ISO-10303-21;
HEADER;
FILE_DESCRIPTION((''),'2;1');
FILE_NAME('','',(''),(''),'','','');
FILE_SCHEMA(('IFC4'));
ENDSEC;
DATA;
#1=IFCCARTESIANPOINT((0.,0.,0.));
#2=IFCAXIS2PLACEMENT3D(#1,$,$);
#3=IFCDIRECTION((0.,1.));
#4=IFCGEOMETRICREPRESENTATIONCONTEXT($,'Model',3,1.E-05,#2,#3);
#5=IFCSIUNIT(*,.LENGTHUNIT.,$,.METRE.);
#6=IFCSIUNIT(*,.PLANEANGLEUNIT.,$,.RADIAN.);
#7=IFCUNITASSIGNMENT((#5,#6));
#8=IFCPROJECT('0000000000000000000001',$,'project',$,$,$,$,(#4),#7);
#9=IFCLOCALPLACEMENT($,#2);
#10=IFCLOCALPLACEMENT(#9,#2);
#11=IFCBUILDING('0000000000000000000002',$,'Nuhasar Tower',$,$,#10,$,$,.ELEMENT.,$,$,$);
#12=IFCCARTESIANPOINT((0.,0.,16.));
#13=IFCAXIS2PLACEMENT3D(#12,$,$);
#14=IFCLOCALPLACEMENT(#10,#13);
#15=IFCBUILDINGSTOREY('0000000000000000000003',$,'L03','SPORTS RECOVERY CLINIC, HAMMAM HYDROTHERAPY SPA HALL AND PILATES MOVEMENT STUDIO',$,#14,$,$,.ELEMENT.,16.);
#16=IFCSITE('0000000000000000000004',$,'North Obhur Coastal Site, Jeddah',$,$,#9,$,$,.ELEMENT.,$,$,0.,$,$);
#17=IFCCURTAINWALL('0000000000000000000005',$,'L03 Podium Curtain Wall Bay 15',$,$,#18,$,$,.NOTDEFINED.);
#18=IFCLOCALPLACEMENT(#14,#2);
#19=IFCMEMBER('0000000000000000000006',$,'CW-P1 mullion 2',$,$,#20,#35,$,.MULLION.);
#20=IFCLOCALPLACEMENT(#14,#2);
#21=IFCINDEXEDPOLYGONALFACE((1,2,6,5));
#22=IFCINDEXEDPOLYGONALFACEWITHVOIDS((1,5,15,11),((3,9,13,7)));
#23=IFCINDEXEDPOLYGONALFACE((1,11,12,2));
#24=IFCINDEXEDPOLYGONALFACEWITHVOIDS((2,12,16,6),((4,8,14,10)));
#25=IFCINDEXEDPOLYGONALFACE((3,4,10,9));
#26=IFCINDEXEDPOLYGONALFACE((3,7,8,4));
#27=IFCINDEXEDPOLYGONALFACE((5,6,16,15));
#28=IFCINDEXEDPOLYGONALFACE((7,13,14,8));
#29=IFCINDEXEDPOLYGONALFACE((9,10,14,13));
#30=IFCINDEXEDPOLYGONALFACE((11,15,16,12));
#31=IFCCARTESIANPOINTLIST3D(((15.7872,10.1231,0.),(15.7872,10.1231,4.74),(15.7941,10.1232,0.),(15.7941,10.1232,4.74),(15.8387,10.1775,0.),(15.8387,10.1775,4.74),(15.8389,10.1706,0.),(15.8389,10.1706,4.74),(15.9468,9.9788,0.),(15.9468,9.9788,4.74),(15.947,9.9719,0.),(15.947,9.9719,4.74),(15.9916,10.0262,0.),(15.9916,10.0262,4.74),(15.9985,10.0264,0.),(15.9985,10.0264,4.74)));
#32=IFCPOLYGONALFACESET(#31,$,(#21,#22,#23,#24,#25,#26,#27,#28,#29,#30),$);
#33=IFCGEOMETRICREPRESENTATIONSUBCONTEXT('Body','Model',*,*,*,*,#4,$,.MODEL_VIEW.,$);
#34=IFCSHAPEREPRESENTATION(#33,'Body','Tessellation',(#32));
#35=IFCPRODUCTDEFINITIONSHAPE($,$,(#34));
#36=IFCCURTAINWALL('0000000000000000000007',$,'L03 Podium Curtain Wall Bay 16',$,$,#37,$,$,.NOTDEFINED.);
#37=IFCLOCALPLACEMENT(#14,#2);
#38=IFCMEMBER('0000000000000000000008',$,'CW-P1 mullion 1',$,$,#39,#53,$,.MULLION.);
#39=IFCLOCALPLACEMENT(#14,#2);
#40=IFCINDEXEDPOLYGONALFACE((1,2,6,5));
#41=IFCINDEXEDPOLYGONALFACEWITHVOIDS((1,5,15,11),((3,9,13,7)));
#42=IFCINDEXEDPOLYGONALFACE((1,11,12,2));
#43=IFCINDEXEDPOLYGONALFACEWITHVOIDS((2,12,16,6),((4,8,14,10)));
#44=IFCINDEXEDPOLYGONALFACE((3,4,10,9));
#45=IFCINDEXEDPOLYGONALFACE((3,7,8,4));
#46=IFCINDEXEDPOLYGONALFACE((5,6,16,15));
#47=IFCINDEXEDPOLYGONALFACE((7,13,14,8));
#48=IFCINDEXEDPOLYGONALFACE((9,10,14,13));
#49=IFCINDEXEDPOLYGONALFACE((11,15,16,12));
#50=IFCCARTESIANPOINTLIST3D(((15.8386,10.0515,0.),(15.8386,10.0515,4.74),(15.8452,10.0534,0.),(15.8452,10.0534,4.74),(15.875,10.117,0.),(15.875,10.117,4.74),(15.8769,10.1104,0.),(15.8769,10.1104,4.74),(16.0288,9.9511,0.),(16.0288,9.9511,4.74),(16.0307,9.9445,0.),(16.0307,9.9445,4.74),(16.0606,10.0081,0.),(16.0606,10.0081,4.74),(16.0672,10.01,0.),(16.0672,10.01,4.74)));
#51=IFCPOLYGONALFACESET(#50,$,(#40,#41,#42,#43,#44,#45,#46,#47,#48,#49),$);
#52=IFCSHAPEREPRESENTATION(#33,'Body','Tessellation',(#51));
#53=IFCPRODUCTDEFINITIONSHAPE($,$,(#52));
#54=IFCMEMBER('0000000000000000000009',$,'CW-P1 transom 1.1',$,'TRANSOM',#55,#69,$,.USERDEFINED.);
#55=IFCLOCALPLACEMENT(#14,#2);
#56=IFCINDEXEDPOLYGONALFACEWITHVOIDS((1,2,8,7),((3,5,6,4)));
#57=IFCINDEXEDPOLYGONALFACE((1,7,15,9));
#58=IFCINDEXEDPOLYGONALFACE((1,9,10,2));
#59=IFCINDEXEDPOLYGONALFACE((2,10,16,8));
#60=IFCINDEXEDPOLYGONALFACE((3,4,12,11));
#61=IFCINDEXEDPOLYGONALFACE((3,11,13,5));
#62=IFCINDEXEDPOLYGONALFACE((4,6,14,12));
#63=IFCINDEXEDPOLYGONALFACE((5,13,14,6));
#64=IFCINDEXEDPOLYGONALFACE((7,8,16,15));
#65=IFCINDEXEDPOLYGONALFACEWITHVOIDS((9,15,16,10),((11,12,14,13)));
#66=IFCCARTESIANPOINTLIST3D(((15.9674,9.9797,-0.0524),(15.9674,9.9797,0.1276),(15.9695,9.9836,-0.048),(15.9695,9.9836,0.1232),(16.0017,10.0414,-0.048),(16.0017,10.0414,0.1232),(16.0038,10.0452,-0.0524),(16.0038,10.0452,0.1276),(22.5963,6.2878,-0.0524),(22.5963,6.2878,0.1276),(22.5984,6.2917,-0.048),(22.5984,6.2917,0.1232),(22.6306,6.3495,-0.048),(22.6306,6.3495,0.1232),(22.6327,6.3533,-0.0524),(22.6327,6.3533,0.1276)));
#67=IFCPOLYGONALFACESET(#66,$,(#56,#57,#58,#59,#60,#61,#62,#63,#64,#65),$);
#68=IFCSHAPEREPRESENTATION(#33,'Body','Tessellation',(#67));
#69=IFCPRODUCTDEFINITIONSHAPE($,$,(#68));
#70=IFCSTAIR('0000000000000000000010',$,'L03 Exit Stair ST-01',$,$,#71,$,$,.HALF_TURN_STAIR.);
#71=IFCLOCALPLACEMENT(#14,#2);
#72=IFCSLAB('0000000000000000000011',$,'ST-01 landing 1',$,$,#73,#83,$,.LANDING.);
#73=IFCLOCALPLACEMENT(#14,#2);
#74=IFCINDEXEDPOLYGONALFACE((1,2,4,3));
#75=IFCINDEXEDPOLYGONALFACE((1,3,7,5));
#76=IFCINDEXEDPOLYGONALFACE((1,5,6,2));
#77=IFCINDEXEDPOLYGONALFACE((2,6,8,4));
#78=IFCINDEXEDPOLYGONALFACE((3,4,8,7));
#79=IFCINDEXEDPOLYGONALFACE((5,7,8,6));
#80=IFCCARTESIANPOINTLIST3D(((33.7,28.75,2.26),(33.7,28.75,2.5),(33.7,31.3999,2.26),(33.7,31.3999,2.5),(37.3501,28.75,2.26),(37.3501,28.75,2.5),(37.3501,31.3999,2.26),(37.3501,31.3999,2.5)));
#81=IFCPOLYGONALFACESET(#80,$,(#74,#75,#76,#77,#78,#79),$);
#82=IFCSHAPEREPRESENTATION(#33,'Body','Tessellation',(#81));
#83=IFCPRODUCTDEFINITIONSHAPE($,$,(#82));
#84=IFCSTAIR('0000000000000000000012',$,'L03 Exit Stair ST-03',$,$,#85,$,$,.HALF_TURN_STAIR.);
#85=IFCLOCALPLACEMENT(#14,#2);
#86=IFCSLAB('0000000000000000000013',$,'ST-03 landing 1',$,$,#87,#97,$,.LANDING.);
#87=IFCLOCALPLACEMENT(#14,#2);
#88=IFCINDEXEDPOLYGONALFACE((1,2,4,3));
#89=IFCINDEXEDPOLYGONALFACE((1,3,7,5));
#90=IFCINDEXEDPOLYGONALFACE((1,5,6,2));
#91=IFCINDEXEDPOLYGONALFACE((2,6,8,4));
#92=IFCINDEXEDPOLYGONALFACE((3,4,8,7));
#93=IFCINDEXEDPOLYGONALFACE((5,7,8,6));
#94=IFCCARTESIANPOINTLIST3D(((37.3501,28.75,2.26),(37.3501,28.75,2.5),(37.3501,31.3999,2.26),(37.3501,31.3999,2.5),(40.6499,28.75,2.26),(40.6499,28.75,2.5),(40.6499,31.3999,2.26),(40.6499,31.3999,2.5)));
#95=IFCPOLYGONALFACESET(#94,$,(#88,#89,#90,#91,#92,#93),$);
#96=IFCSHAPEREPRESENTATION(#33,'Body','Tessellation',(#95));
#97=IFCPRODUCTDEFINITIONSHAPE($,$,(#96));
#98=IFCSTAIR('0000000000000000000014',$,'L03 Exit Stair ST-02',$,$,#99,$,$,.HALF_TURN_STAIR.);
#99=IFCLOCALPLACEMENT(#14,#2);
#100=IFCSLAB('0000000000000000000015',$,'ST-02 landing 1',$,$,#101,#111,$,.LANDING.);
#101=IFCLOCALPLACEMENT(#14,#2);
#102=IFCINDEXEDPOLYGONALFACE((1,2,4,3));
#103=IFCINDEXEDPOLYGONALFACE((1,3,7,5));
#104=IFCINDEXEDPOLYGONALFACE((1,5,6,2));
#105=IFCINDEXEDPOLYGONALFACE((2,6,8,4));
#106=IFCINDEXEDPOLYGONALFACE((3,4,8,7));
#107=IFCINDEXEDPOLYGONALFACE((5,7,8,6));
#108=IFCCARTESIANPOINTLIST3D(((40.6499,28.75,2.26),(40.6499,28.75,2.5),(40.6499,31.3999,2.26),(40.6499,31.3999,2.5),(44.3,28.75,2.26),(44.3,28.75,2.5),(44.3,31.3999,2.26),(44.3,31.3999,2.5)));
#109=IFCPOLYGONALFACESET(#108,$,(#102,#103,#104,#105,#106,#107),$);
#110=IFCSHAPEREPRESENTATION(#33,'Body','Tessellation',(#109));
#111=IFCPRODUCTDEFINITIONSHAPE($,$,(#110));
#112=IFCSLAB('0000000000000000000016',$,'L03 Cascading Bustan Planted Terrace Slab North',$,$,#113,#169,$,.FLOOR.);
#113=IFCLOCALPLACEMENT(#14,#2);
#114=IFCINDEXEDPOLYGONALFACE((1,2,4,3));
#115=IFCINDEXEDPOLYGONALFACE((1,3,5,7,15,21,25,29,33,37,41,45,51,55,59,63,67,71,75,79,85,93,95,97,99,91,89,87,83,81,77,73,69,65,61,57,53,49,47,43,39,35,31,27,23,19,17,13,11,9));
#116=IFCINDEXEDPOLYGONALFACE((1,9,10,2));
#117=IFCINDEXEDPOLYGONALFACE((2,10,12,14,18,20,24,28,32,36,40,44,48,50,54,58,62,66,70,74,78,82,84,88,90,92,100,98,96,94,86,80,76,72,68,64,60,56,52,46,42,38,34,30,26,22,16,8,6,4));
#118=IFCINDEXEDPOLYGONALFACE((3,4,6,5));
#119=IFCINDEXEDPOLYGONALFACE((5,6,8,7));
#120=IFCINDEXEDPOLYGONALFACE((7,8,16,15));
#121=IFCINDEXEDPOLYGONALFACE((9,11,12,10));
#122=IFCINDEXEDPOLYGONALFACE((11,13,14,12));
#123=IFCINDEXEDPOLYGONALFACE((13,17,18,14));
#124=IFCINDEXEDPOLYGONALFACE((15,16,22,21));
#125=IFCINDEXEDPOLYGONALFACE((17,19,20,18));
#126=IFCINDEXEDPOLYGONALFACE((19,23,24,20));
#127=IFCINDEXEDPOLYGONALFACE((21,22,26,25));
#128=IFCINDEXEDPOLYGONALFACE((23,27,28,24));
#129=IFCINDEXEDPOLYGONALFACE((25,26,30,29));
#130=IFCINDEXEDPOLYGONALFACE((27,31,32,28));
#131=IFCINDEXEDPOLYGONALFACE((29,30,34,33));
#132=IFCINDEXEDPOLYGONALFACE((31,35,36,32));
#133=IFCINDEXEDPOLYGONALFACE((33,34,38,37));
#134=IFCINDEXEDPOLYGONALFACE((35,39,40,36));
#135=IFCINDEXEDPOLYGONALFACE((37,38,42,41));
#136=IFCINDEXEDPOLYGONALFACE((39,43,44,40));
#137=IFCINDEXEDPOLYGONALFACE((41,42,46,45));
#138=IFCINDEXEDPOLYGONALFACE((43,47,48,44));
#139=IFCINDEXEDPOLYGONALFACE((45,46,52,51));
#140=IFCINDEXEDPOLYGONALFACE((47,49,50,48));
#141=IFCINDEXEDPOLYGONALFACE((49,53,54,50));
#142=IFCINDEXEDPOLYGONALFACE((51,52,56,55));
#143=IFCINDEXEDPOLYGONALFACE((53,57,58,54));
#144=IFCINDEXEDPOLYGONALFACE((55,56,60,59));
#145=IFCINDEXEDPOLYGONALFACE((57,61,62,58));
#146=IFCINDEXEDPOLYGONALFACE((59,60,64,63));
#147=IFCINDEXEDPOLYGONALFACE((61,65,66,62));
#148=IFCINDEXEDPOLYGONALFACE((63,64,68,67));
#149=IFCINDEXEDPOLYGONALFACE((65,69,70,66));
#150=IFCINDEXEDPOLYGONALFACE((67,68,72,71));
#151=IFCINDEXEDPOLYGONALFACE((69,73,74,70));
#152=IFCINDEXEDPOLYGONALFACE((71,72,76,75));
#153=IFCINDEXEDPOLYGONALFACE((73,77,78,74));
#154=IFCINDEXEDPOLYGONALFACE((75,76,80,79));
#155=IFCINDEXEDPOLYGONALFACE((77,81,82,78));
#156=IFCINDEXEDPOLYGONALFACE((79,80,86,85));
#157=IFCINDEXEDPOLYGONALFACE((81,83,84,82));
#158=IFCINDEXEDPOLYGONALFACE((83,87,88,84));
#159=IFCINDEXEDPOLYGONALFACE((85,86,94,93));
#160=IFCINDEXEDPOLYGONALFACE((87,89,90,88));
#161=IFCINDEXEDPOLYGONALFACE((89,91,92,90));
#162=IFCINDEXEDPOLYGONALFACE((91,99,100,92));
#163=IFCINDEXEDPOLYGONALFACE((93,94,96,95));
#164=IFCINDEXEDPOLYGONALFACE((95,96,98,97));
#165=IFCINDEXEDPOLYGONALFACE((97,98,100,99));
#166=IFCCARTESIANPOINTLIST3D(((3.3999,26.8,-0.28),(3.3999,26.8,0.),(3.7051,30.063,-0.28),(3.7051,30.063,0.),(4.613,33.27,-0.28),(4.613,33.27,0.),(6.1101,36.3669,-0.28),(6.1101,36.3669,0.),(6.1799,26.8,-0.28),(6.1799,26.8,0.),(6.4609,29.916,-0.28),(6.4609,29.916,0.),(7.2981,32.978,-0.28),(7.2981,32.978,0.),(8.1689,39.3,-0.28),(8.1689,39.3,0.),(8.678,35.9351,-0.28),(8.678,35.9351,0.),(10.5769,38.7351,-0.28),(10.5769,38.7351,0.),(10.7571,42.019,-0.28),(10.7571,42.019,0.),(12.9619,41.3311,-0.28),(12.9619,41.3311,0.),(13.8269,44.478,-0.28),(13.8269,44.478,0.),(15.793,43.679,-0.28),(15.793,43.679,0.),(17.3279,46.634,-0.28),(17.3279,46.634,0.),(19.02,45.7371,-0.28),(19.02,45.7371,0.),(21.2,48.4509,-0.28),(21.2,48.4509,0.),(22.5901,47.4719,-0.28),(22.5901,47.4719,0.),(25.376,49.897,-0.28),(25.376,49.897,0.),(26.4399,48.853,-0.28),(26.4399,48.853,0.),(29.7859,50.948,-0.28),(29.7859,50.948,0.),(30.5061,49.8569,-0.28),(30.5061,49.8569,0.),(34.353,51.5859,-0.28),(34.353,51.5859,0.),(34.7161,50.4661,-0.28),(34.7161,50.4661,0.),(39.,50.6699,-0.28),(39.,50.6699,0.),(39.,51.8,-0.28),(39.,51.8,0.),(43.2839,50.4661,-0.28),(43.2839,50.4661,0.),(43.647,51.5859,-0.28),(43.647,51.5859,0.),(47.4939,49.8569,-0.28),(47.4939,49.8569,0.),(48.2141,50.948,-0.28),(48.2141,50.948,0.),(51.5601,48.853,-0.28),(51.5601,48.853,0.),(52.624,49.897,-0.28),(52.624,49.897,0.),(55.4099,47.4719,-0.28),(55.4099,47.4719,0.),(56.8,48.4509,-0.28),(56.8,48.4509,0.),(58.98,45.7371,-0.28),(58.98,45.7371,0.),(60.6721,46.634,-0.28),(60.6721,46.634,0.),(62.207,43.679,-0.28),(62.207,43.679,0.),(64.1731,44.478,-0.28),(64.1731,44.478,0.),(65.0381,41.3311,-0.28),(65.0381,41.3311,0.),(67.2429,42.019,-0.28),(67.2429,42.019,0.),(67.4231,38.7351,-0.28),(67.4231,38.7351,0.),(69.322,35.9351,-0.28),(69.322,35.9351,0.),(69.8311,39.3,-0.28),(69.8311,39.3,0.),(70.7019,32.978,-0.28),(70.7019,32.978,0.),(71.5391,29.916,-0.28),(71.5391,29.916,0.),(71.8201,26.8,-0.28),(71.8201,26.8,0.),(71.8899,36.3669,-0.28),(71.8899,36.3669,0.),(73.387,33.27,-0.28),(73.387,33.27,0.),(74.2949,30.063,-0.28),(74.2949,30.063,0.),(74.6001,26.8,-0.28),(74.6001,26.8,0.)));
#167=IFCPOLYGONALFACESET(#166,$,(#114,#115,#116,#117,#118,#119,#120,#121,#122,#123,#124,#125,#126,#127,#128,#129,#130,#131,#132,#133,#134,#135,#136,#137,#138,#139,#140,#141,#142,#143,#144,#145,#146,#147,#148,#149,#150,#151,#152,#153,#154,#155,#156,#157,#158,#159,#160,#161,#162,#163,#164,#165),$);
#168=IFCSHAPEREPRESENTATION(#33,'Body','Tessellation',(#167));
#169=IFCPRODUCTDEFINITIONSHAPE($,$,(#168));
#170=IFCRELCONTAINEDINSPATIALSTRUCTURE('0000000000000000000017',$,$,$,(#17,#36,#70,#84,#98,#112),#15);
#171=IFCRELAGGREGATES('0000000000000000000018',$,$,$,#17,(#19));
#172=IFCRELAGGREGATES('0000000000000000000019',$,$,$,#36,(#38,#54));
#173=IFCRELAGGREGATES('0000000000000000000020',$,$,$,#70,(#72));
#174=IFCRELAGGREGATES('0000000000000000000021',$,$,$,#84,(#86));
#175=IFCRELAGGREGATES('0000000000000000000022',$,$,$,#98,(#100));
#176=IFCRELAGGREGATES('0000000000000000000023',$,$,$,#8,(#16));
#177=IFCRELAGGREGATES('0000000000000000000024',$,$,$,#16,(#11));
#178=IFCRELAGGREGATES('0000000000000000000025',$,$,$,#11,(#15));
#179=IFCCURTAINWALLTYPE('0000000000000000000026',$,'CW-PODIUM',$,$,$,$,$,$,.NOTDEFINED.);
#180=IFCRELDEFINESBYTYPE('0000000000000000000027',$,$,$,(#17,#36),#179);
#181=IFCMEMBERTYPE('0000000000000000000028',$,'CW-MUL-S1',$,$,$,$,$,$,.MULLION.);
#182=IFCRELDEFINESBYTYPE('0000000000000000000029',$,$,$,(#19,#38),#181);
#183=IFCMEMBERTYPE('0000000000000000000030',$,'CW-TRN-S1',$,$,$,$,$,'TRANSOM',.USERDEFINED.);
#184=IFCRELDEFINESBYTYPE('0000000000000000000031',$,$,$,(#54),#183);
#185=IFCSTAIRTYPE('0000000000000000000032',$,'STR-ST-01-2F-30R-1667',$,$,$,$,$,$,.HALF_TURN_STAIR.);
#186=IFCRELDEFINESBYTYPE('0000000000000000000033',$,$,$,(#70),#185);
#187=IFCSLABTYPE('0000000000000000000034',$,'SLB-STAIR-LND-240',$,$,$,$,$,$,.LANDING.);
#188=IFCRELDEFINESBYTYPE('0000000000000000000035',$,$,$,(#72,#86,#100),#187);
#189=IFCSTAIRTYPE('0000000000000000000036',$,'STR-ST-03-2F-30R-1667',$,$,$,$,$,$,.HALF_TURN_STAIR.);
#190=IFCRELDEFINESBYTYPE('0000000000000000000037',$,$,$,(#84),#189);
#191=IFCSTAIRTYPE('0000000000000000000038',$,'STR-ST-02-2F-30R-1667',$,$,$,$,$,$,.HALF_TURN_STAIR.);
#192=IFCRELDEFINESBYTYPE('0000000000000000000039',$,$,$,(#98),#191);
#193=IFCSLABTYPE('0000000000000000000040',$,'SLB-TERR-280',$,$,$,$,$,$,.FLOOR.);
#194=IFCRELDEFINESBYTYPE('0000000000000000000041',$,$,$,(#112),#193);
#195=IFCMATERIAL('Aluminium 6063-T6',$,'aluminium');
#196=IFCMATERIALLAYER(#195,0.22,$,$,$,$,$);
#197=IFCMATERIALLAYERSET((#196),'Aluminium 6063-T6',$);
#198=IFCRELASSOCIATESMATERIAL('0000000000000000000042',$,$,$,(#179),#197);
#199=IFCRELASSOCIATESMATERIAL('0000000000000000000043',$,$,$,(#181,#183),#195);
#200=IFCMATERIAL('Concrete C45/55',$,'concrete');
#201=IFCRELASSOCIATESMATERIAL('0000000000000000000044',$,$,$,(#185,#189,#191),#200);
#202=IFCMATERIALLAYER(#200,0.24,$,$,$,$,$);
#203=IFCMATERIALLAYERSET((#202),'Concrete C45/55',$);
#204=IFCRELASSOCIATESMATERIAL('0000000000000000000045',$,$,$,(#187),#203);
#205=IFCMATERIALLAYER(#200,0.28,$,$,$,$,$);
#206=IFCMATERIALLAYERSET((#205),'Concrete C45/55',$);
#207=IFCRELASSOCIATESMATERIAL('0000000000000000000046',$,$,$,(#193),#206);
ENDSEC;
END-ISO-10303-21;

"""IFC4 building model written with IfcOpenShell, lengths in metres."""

from ifc_helpers import new_model, si_unit, direction, frame, origin, origin_2d, place, context, subcontext, project, spatial, polyline, hollow_rectangle, outline, extrude, material, layer, layer_set, material_profile, profile_set, type_object, element, aggregate, save


model = new_model("IFC4")

# Units and contexts
model_context = context("Model", 3, precision=1e-05, world=origin(), true_north=direction((0.0, 1.0)))
body_context = subcontext(model_context, "Body", "Model", "MODEL_VIEW")
ifc_project = project(units=[si_unit("LENGTHUNIT", "METRE"), si_unit("PLANEANGLEUNIT", "RADIAN")], contexts=[model_context])

# Site, building, storey
site_placement = place(None, origin())
site = spatial("IfcSite", under=ifc_project, at=site_placement, Name="North Obhur Coastal Site, Jeddah", CompositionType="ELEMENT", RefElevation=0.0)
building_placement = place(site_placement, origin())
building = spatial("IfcBuilding", under=site, at=building_placement, Name="Nuhasar Tower", CompositionType="ELEMENT")
storey_placement = place(building_placement, frame((0.0, 0.0, 16.0)))
storey = spatial("IfcBuildingStorey", under=building, at=storey_placement, Name="L03", Description="SPORTS RECOVERY CLINIC, HAMMAM HYDROTHERAPY SPA HALL AND PILATES MOVEMENT STUDIO", CompositionType="ELEMENT", Elevation=16.0)

# Curtain wall, member
ifc_material_1 = material(Name="Aluminium 6063-T6", Category="aluminium")
ifc_layer_1 = layer(ifc_material_1, 0.22)
ifc_layer_set_1 = layer_set([ifc_layer_1], Name="Aluminium 6063-T6")
curtain_wall_type = type_object("IfcCurtainWallType", Name="CW-PODIUM", PredefinedType="NOTDEFINED", material=ifc_layer_set_1)
curtain_wall_1_placement = place(storey_placement, origin())
curtain_wall_1 = element("IfcCurtainWall", 1, at=curtain_wall_1_placement, inside=storey, type_object=curtain_wall_type, Name="L03 Podium Curtain Wall Bay 15", PredefinedType="NOTDEFINED")
ifc_material_profile_1 = material_profile(ifc_material_1, hollow_rectangle(XDim=0.075, YDim=0.22, WallThickness=0.0049, at=origin_2d()), Name="CWM-1")
ifc_profile_set_1 = profile_set([ifc_material_profile_1], Name="Aluminium 6063-T6")
member_type_1 = type_object("IfcMemberType", Name="CW-MUL-S1", PredefinedType="MULLION", material=ifc_profile_set_1)
member_1_placement = place(storey_placement, frame((15.8928, 10.0747, 0.0), z_axis=(0.0, 0.0, 1.0), x_axis=(0.687154, 0.726512, 0.0)))
member_1 = element("IfcMember", 2, at=member_1_placement, type_object=member_type_1, Name="CW-P1 mullion 2", PredefinedType="MULLION", context=body_context, shape_type="SweptSolid", body=[
    extrude(hollow_rectangle(XDim=0.075, YDim=0.22, WallThickness=0.0049, at=origin_2d()), origin(), (0.0, 0.0, 1.0), 4.74),
])
aggregate(curtain_wall_1, [member_1])

# Curtain wall, members
curtain_wall_2_placement = place(storey_placement, origin())
curtain_wall_2 = element("IfcCurtainWall", 3, at=curtain_wall_2_placement, inside=storey, type_object=curtain_wall_type, Name="L03 Podium Curtain Wall Bay 16", PredefinedType="NOTDEFINED")
member_2_placement = place(storey_placement, frame((15.9529, 10.0308, 0.0), z_axis=(0.0, 0.0, 1.0), x_axis=(0.486575, 0.873639, 0.0)))
member_2 = element("IfcMember", 4, at=member_2_placement, type_object=member_type_1, Name="CW-P1 mullion 1", PredefinedType="MULLION", context=body_context, shape_type="SweptSolid", body=[
    extrude(hollow_rectangle(XDim=0.075, YDim=0.22, WallThickness=0.0049, at=origin_2d()), origin(), (0.0, 0.0, 1.0), 4.74),
])
ifc_material_profile_2 = material_profile(ifc_material_1, hollow_rectangle(XDim=0.075, YDim=0.1799, WallThickness=0.0044, at=origin_2d()), Name="CWT-1")
ifc_profile_set_2 = profile_set([ifc_material_profile_2], Name="Aluminium 6063-T6")
member_type_2 = type_object("IfcMemberType", Name="CW-TRN-S1", ElementType="TRANSOM", PredefinedType="USERDEFINED", material=ifc_profile_set_2)
member_3_placement = place(storey_placement, frame((15.9856, 10.0125, 0.0376), z_axis=(0.873644, -0.486566, 0.0), x_axis=(0.486566, 0.873644, 0.0)))
member_3 = element("IfcMember", 5, at=member_3_placement, type_object=member_type_2, Name="CW-P1 transom 1.1", ObjectType="TRANSOM", PredefinedType="USERDEFINED", context=body_context, shape_type="SweptSolid", body=[
    extrude(hollow_rectangle(XDim=0.075, YDim=0.1799, WallThickness=0.0044, at=origin_2d()), origin(), (0.0, 0.0, 1.0), 7.5876),
])
aggregate(curtain_wall_2, [member_2, member_3])

# Stairs, slabs
ifc_material_2 = material(Name="Concrete C45/55", Category="concrete")
stair_type_1 = type_object("IfcStairType", Name="STR-ST-01-2F-30R-1667", PredefinedType="HALF_TURN_STAIR", material=ifc_material_2)
stair_1_placement = place(storey_placement, origin())
stair_1 = element("IfcStair", 6, at=stair_1_placement, inside=storey, type_object=stair_type_1, Name="L03 Exit Stair ST-01", PredefinedType="HALF_TURN_STAIR")
ifc_layer_2 = layer(ifc_material_2, 0.24)
ifc_layer_set_2 = layer_set([ifc_layer_2], Name="Concrete C45/55")
slab_type_1 = type_object("IfcSlabType", Name="SLB-STAIR-LND-240", PredefinedType="LANDING", material=ifc_layer_set_2)
slab_1_placement = place(storey_placement, frame((0.0, 0.0, 2.26)))
slab_1 = element("IfcSlab", 7, at=slab_1_placement, type_object=slab_type_1, Name="ST-01 landing 1", PredefinedType="LANDING", context=body_context, shape_type="SweptSolid", body=[
    extrude(outline(polyline([(33.7, 28.75), (37.3501, 28.75), (37.3501, 31.3999), (33.7, 31.3999), (33.7, 28.75)])), origin(), (0.0, 0.0, 1.0), 0.24),
])
aggregate(stair_1, [slab_1])
stair_type_2 = type_object("IfcStairType", Name="STR-ST-03-2F-30R-1667", PredefinedType="HALF_TURN_STAIR", material=ifc_material_2)
stair_2_placement = place(storey_placement, origin())
stair_2 = element("IfcStair", 8, at=stair_2_placement, inside=storey, type_object=stair_type_2, Name="L03 Exit Stair ST-03", PredefinedType="HALF_TURN_STAIR")
slab_2_placement = place(storey_placement, frame((0.0, 0.0, 2.26)))
slab_2 = element("IfcSlab", 9, at=slab_2_placement, type_object=slab_type_1, Name="ST-03 landing 1", PredefinedType="LANDING", context=body_context, shape_type="SweptSolid", body=[
    extrude(outline(polyline([(37.3501, 28.75), (40.6499, 28.75), (40.6499, 31.3999), (37.3501, 31.3999), (37.3501, 28.75)])), origin(), (0.0, 0.0, 1.0), 0.24),
])
aggregate(stair_2, [slab_2])
stair_type_3 = type_object("IfcStairType", Name="STR-ST-02-2F-30R-1667", PredefinedType="HALF_TURN_STAIR", material=ifc_material_2)
stair_3_placement = place(storey_placement, origin())
stair_3 = element("IfcStair", 10, at=stair_3_placement, inside=storey, type_object=stair_type_3, Name="L03 Exit Stair ST-02", PredefinedType="HALF_TURN_STAIR")
slab_3_placement = place(storey_placement, frame((0.0, 0.0, 2.26)))
slab_3 = element("IfcSlab", 11, at=slab_3_placement, type_object=slab_type_1, Name="ST-02 landing 1", PredefinedType="LANDING", context=body_context, shape_type="SweptSolid", body=[
    extrude(outline(polyline([(40.6499, 28.75), (44.3, 28.75), (44.3, 31.3999), (40.6499, 31.3999), (40.6499, 28.75)])), origin(), (0.0, 0.0, 1.0), 0.24),
])
aggregate(stair_3, [slab_3])

# Slab
ifc_layer_3 = layer(ifc_material_2, 0.28)
ifc_layer_set_3 = layer_set([ifc_layer_3], Name="Concrete C45/55")
slab_type_2 = type_object("IfcSlabType", Name="SLB-TERR-280", PredefinedType="FLOOR", material=ifc_layer_set_3)
slab_4_placement = place(storey_placement, frame((0.0, 0.0, -0.28)))
element("IfcSlab", 12, at=slab_4_placement, inside=storey, type_object=slab_type_2, Name="L03 Cascading Bustan Planted Terrace Slab North", PredefinedType="FLOOR", context=body_context, shape_type="SweptSolid", body=[
    extrude(outline(polyline([(74.6001, 26.8), (74.2949, 30.063), (73.387, 33.27), (71.8899, 36.3669), (69.8311, 39.3), (67.2429, 42.019), (64.1731, 44.478), (60.6721, 46.634), (56.8, 48.4509), (52.624, 49.897), (48.2141, 50.948), (43.647, 51.5859), (39.0, 51.8), (34.353, 51.5859), (29.7859, 50.948), (25.376, 49.897), (21.2, 48.4509), (17.3279, 46.634), (13.8269, 44.478), (10.7571, 42.019), (8.1689, 39.3), (6.1101, 36.3669), (4.613, 33.27), (3.7051, 30.063), (3.3999, 26.8), (6.1799, 26.8), (6.4609, 29.916), (7.2981, 32.978), (8.678, 35.9351), (10.5769, 38.7351), (12.9619, 41.3311), (15.793, 43.679), (19.02, 45.7371), (22.5901, 47.4719), (26.4399, 48.853), (30.5061, 49.8569), (34.7161, 50.4661), (39.0, 50.6699), (43.2839, 50.4661), (47.4939, 49.8569), (51.5601, 48.853), (55.4099, 47.4719), (58.98, 45.7371), (62.207, 43.679), (65.0381, 41.3311), (67.4231, 38.7351), (69.322, 35.9351), (70.7019, 32.978), (71.5391, 29.916), (71.8201, 26.8), (74.6001, 26.8)])), origin(), (0.0, 0.0, 1.0), 0.28),
])

save(model, "model.ifc")
